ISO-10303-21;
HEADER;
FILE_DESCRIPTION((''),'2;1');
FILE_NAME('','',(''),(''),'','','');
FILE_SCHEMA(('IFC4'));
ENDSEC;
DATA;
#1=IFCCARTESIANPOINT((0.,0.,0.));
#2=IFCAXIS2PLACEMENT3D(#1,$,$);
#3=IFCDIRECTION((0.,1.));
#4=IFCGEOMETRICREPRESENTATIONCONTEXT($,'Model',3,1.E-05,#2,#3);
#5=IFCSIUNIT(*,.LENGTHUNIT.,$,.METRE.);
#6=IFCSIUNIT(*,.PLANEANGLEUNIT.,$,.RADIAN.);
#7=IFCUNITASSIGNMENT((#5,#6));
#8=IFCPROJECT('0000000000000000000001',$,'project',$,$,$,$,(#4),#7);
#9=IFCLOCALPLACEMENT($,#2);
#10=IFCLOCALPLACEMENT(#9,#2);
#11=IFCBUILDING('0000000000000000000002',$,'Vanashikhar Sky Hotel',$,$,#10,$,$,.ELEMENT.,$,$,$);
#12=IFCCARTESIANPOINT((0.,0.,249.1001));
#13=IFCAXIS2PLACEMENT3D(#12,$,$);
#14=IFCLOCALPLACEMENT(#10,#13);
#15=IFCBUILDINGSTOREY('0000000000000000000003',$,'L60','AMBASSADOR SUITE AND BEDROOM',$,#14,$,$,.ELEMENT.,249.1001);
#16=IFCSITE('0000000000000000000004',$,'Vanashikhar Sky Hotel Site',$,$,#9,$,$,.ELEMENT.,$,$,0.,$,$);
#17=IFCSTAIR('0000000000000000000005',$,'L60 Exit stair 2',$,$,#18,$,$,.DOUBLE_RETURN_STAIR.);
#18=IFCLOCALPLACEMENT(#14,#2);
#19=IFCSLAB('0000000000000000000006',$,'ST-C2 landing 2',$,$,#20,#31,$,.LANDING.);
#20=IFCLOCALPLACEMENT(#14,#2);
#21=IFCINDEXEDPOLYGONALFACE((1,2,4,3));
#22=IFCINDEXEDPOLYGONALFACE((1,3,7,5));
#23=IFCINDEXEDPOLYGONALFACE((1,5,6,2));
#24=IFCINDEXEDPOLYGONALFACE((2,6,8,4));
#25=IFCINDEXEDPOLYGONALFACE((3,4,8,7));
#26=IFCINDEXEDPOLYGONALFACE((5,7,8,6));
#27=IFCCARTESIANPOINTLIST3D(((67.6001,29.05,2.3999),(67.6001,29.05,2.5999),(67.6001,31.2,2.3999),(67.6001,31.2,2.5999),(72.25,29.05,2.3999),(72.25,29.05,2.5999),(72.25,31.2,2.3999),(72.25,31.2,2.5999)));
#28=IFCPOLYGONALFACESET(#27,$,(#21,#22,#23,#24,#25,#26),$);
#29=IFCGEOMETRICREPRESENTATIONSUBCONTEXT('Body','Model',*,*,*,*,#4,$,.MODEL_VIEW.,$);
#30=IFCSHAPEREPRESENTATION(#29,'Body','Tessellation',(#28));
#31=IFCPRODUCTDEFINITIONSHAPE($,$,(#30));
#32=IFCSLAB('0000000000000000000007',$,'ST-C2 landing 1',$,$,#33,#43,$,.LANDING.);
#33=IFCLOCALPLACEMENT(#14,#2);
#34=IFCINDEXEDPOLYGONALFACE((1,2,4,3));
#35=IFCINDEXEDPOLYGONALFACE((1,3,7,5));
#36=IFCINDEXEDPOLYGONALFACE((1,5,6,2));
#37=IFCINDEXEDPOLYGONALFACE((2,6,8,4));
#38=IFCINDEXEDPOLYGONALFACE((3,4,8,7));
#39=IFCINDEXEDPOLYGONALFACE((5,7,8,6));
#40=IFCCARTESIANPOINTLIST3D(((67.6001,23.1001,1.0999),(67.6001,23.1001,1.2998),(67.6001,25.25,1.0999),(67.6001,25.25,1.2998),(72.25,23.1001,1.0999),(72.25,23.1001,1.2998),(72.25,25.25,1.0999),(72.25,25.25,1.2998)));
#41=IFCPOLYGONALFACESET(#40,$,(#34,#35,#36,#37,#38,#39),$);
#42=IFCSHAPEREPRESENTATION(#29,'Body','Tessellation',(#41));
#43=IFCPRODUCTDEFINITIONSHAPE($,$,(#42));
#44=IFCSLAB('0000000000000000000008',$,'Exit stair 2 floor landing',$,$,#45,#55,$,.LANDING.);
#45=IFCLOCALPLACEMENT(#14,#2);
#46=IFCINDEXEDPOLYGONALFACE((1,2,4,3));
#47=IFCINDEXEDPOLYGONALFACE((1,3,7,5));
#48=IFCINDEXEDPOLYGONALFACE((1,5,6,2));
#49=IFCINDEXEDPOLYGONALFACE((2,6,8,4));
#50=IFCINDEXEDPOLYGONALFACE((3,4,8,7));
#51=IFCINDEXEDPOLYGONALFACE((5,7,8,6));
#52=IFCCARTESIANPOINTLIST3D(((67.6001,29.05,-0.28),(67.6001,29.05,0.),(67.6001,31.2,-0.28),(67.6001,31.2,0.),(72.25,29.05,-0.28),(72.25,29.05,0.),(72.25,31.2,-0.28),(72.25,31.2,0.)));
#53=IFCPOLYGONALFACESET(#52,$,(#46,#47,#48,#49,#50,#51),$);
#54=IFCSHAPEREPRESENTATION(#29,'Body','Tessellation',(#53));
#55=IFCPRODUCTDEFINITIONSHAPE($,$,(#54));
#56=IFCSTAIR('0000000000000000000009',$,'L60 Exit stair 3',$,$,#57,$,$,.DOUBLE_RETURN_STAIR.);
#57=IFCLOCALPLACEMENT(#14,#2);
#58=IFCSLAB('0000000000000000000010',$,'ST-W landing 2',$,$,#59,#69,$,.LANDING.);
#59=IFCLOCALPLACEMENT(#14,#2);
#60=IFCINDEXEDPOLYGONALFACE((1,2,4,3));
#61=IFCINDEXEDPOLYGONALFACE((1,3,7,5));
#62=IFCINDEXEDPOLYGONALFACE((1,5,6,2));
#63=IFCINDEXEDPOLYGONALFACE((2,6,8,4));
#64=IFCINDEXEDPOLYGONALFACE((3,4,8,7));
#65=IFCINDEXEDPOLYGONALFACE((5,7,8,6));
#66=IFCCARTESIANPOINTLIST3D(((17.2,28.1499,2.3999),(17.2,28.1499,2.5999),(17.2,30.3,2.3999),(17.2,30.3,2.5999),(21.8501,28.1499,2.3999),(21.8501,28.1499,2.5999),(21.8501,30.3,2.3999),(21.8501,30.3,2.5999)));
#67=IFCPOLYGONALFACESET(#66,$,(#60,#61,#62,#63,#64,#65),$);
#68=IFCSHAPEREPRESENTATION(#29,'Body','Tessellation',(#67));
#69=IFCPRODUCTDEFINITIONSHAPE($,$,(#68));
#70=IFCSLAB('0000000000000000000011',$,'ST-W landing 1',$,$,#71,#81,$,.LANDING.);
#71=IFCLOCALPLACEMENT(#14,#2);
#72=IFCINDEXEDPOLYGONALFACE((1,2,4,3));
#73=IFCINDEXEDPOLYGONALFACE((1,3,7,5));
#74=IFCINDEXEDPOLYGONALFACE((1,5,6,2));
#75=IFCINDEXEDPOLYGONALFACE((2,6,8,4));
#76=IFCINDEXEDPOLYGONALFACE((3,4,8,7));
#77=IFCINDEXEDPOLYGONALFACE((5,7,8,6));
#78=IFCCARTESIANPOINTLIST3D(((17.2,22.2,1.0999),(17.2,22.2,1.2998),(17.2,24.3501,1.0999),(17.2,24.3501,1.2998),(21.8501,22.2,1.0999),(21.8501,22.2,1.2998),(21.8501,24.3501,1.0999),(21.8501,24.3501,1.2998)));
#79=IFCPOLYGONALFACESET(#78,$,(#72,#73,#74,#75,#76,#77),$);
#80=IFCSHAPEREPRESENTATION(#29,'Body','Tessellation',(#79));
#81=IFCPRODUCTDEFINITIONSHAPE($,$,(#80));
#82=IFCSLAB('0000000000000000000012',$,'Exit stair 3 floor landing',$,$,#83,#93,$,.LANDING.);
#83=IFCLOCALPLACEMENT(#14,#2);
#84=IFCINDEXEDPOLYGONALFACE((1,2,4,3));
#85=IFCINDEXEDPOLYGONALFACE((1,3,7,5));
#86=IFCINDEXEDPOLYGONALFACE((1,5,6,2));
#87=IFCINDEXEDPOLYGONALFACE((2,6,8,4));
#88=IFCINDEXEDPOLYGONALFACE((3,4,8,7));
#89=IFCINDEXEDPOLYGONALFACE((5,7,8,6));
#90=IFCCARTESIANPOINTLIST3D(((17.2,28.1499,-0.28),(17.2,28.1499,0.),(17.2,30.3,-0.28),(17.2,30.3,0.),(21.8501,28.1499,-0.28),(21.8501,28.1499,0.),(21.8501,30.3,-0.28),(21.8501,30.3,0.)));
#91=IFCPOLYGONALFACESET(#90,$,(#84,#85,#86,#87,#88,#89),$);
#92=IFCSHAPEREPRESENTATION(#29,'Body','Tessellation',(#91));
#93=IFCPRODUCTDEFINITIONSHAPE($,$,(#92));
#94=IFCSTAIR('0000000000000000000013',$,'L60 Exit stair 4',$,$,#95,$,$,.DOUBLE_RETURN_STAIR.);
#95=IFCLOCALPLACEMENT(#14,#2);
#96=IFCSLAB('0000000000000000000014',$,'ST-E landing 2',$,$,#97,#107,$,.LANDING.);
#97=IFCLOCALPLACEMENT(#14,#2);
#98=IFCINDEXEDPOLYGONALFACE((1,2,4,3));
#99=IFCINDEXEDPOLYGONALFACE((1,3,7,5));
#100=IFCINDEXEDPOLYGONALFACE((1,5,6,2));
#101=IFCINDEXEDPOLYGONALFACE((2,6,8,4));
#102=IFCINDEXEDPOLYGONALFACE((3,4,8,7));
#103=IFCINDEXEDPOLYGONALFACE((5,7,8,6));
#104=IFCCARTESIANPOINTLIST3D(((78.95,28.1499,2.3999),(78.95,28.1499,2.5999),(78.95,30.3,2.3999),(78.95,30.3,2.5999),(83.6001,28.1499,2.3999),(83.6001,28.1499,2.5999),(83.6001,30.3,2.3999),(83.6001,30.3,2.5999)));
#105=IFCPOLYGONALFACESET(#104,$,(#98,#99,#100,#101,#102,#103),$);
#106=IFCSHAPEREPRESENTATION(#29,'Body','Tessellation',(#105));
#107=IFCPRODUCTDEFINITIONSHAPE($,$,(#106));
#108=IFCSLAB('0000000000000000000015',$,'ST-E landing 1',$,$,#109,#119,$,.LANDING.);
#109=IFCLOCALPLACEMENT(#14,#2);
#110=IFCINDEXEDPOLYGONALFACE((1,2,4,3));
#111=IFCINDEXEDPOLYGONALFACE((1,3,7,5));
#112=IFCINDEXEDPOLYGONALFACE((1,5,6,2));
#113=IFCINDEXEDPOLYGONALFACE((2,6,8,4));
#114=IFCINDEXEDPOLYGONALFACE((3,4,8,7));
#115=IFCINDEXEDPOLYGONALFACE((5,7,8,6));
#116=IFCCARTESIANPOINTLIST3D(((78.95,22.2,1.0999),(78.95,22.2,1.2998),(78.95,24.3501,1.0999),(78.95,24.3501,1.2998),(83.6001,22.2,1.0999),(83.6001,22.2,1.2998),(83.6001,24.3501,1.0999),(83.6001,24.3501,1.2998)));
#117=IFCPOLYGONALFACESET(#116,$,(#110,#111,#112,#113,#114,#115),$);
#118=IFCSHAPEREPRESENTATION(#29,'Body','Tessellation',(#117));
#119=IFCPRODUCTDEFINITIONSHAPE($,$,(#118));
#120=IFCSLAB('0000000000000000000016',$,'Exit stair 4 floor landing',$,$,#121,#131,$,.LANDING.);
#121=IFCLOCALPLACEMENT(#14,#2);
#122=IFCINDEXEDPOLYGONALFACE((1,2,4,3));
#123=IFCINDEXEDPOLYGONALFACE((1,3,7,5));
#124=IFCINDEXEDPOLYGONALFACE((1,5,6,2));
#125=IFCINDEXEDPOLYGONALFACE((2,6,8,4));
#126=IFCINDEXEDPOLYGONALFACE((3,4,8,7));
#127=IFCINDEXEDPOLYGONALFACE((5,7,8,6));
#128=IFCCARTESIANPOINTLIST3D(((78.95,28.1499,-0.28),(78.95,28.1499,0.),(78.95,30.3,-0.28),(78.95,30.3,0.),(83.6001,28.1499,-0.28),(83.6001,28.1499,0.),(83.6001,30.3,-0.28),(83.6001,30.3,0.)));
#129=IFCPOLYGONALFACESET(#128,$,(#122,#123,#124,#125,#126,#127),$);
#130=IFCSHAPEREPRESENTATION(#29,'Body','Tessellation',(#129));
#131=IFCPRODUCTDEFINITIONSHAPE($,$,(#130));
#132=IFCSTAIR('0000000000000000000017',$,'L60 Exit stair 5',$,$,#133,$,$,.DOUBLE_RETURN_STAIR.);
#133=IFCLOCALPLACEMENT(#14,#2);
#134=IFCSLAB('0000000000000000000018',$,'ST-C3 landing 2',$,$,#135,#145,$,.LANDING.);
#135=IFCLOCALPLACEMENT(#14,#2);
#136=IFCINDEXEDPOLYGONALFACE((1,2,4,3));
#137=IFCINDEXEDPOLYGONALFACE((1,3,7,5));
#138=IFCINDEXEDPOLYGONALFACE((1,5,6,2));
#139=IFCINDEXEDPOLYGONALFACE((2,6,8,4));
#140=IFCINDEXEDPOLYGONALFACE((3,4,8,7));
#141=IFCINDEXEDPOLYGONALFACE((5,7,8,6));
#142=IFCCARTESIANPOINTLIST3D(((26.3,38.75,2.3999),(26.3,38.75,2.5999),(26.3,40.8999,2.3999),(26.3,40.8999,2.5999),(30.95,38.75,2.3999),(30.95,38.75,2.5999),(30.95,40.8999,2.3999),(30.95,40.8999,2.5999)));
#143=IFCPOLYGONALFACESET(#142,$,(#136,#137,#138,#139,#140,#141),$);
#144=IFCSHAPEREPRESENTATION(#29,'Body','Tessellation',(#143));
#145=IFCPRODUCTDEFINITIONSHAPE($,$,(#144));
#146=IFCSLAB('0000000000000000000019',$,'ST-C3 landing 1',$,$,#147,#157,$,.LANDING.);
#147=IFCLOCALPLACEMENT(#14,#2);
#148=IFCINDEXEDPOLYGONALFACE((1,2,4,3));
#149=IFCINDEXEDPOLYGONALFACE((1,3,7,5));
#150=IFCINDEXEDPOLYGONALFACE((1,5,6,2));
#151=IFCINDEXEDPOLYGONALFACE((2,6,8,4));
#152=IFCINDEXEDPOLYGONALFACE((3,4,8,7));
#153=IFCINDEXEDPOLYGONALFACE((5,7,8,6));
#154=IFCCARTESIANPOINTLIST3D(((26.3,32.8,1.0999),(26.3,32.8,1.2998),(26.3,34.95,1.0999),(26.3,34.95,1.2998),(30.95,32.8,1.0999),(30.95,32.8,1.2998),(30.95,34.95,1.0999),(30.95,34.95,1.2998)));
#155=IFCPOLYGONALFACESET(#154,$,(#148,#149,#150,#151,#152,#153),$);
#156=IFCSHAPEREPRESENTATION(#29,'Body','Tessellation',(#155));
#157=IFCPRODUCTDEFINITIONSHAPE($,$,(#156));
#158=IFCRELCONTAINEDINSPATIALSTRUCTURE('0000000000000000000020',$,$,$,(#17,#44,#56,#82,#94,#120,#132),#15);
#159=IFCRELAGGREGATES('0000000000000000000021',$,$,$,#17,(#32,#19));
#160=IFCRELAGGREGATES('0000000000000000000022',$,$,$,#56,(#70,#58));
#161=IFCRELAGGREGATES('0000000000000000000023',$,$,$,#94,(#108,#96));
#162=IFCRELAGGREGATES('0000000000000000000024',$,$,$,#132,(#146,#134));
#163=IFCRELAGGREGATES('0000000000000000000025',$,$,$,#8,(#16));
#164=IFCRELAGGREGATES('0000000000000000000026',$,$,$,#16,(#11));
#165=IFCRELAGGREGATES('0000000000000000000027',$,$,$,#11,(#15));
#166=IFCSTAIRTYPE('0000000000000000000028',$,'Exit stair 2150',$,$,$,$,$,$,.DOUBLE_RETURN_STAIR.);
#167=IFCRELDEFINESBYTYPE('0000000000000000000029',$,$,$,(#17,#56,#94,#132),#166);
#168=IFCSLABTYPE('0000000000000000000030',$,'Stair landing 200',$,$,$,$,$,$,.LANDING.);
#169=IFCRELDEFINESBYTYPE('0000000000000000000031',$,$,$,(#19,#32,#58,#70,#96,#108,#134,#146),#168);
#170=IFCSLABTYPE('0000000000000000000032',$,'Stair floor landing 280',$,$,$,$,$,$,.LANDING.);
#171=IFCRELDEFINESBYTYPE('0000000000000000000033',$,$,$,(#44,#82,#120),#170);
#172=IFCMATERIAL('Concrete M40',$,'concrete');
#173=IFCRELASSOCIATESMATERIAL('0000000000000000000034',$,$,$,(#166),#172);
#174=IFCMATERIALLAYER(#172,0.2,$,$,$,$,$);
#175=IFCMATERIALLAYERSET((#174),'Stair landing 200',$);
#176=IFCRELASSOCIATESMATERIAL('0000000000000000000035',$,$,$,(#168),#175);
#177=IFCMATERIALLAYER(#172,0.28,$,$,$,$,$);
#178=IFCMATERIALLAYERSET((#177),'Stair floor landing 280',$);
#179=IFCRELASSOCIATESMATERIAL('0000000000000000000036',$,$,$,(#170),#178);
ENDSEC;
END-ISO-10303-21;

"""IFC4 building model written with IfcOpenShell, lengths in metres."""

from ifc_helpers import new_model, si_unit, direction, frame, origin, place, context, subcontext, project, spatial, polyline, outline, extrude, source, transform, mapped, material, layer, layer_set, type_object, element, aggregate, save


model = new_model("IFC4")

# Units and contexts
model_context = context("Model", 3, precision=1e-05, world=origin(), true_north=direction((0.0, 1.0)))
body_context = subcontext(model_context, "Body", "Model", "MODEL_VIEW")
ifc_project = project(units=[si_unit("LENGTHUNIT", "METRE"), si_unit("PLANEANGLEUNIT", "RADIAN")], contexts=[model_context])

# Site, building, storey
site_placement = place(None, origin())
site = spatial("IfcSite", under=ifc_project, at=site_placement, Name="Vanashikhar Sky Hotel Site", CompositionType="ELEMENT", RefElevation=0.0)
building_placement = place(site_placement, origin())
building = spatial("IfcBuilding", under=site, at=building_placement, Name="Vanashikhar Sky Hotel", CompositionType="ELEMENT")
storey_placement = place(building_placement, frame((0.0, 0.0, 249.1001)))
storey = spatial("IfcBuildingStorey", under=building, at=storey_placement, Name="L60", Description="AMBASSADOR SUITE AND BEDROOM", CompositionType="ELEMENT", Elevation=249.1001)

# Shared definitions
ifc_material = material(Name="Concrete M40", Category="concrete")

# Shared definitions
stair_type = type_object("IfcStairType", Name="Exit stair 2150", PredefinedType="DOUBLE_RETURN_STAIR", material=ifc_material)
ifc_layer_1 = layer(ifc_material, 0.2)
ifc_layer_set_1 = layer_set([ifc_layer_1], Name="Stair landing 200")
slab_type_1 = type_object("IfcSlabType", Name="Stair landing 200", PredefinedType="LANDING", material=ifc_layer_set_1)

# Shared definitions
ifc_layer_2 = layer(ifc_material, 0.28)
ifc_layer_set_2 = layer_set([ifc_layer_2], Name="Stair floor landing 280")
slab_type_2 = type_object("IfcSlabType", Name="Stair floor landing 280", PredefinedType="LANDING", material=ifc_layer_set_2)

# Stair, slabs
stair_1_placement = place(storey_placement, origin())
stair_1 = element("IfcStair", 1, at=stair_1_placement, inside=storey, type_object=stair_type, Name="L60 Exit stair 2", PredefinedType="DOUBLE_RETURN_STAIR")
shared_shape_1 = source(origin(), body_context, "Body", "SweptSolid", [
    extrude(outline(polyline([(72.25, 29.05), (72.25, 31.2), (67.6001, 31.2), (67.6001, 29.05), (72.25, 29.05)])), origin(), (0.0, 0.0, 1.0), 0.2),
])
slab_1_placement = place(storey_placement, frame((0.0, 0.0, 2.3999)))
slab_1 = element("IfcSlab", 2, at=slab_1_placement, type_object=slab_type_1, Name="ST-C2 landing 2", PredefinedType="LANDING", context=body_context, shape_type="MappedRepresentation", body=[
    mapped(shared_shape_1, transform((0.0, 0.0, 0.0), scale=1.0)),
])
shared_shape_2 = source(origin(), body_context, "Body", "SweptSolid", [
    extrude(outline(polyline([(72.25, 23.1001), (72.25, 25.25), (67.6001, 25.25), (67.6001, 23.1001), (72.25, 23.1001)])), origin(), (0.0, 0.0, 1.0), 0.2),
])
slab_2_placement = place(storey_placement, frame((0.0, 0.0, 1.0999)))
slab_2 = element("IfcSlab", 3, at=slab_2_placement, type_object=slab_type_1, Name="ST-C2 landing 1", PredefinedType="LANDING", context=body_context, shape_type="MappedRepresentation", body=[
    mapped(shared_shape_2, transform((0.0, 0.0, 0.0), scale=1.0)),
])
aggregate(stair_1, [slab_2, slab_1])

# Slab
shared_shape_3 = source(origin(), body_context, "Body", "SweptSolid", [
    extrude(outline(polyline([(72.25, 29.05), (72.25, 31.2), (67.6001, 31.2), (67.6001, 29.05), (72.25, 29.05)])), origin(), (0.0, 0.0, 1.0), 0.28),
])
slab_3_placement = place(storey_placement, frame((0.0, 0.0, -0.28)))
element("IfcSlab", 4, at=slab_3_placement, inside=storey, type_object=slab_type_2, Name="Exit stair 2 floor landing", PredefinedType="LANDING", context=body_context, shape_type="MappedRepresentation", body=[
    mapped(shared_shape_3, transform((0.0, 0.0, 0.0), scale=1.0)),
])

# Stair, slabs
stair_2_placement = place(storey_placement, origin())
stair_2 = element("IfcStair", 5, at=stair_2_placement, inside=storey, type_object=stair_type, Name="L60 Exit stair 3", PredefinedType="DOUBLE_RETURN_STAIR")
shared_shape_4 = source(origin(), body_context, "Body", "SweptSolid", [
    extrude(outline(polyline([(21.8501, 28.1499), (21.8501, 30.3), (17.2, 30.3), (17.2, 28.1499), (21.8501, 28.1499)])), origin(), (0.0, 0.0, 1.0), 0.2),
])
slab_4_placement = place(storey_placement, frame((0.0, 0.0, 2.3999)))
slab_4 = element("IfcSlab", 6, at=slab_4_placement, type_object=slab_type_1, Name="ST-W landing 2", PredefinedType="LANDING", context=body_context, shape_type="MappedRepresentation", body=[
    mapped(shared_shape_4, transform((0.0, 0.0, 0.0), scale=1.0)),
])
shared_shape_5 = source(origin(), body_context, "Body", "SweptSolid", [
    extrude(outline(polyline([(21.8501, 22.2), (21.8501, 24.3501), (17.2, 24.3501), (17.2, 22.2), (21.8501, 22.2)])), origin(), (0.0, 0.0, 1.0), 0.2),
])
slab_5_placement = place(storey_placement, frame((0.0, 0.0, 1.0999)))
slab_5 = element("IfcSlab", 7, at=slab_5_placement, type_object=slab_type_1, Name="ST-W landing 1", PredefinedType="LANDING", context=body_context, shape_type="MappedRepresentation", body=[
    mapped(shared_shape_5, transform((0.0, 0.0, 0.0), scale=1.0)),
])
aggregate(stair_2, [slab_5, slab_4])

# Slab
shared_shape_6 = source(origin(), body_context, "Body", "SweptSolid", [
    extrude(outline(polyline([(21.8501, 28.1499), (21.8501, 30.3), (17.2, 30.3), (17.2, 28.1499), (21.8501, 28.1499)])), origin(), (0.0, 0.0, 1.0), 0.28),
])
slab_6_placement = place(storey_placement, frame((0.0, 0.0, -0.28)))
element("IfcSlab", 8, at=slab_6_placement, inside=storey, type_object=slab_type_2, Name="Exit stair 3 floor landing", PredefinedType="LANDING", context=body_context, shape_type="MappedRepresentation", body=[
    mapped(shared_shape_6, transform((0.0, 0.0, 0.0), scale=1.0)),
])

# Stair, slabs
stair_3_placement = place(storey_placement, origin())
stair_3 = element("IfcStair", 9, at=stair_3_placement, inside=storey, type_object=stair_type, Name="L60 Exit stair 4", PredefinedType="DOUBLE_RETURN_STAIR")
shared_shape_7 = source(origin(), body_context, "Body", "SweptSolid", [
    extrude(outline(polyline([(83.6001, 28.1499), (83.6001, 30.3), (78.95, 30.3), (78.95, 28.1499), (83.6001, 28.1499)])), origin(), (0.0, 0.0, 1.0), 0.2),
])
slab_7_placement = place(storey_placement, frame((0.0, 0.0, 2.3999)))
slab_7 = element("IfcSlab", 10, at=slab_7_placement, type_object=slab_type_1, Name="ST-E landing 2", PredefinedType="LANDING", context=body_context, shape_type="MappedRepresentation", body=[
    mapped(shared_shape_7, transform((0.0, 0.0, 0.0), scale=1.0)),
])
shared_shape_8 = source(origin(), body_context, "Body", "SweptSolid", [
    extrude(outline(polyline([(83.6001, 22.2), (83.6001, 24.3501), (78.95, 24.3501), (78.95, 22.2), (83.6001, 22.2)])), origin(), (0.0, 0.0, 1.0), 0.2),
])
slab_8_placement = place(storey_placement, frame((0.0, 0.0, 1.0999)))
slab_8 = element("IfcSlab", 11, at=slab_8_placement, type_object=slab_type_1, Name="ST-E landing 1", PredefinedType="LANDING", context=body_context, shape_type="MappedRepresentation", body=[
    mapped(shared_shape_8, transform((0.0, 0.0, 0.0), scale=1.0)),
])
aggregate(stair_3, [slab_8, slab_7])

# Slab
shared_shape_9 = source(origin(), body_context, "Body", "SweptSolid", [
    extrude(outline(polyline([(83.6001, 28.1499), (83.6001, 30.3), (78.95, 30.3), (78.95, 28.1499), (83.6001, 28.1499)])), origin(), (0.0, 0.0, 1.0), 0.28),
])
slab_9_placement = place(storey_placement, frame((0.0, 0.0, -0.28)))
element("IfcSlab", 12, at=slab_9_placement, inside=storey, type_object=slab_type_2, Name="Exit stair 4 floor landing", PredefinedType="LANDING", context=body_context, shape_type="MappedRepresentation", body=[
    mapped(shared_shape_9, transform((0.0, 0.0, 0.0), scale=1.0)),
])

# Stair, slabs
stair_4_placement = place(storey_placement, origin())
stair_4 = element("IfcStair", 13, at=stair_4_placement, inside=storey, type_object=stair_type, Name="L60 Exit stair 5", PredefinedType="DOUBLE_RETURN_STAIR")
shared_shape_10 = source(origin(), body_context, "Body", "SweptSolid", [
    extrude(outline(polyline([(30.95, 38.75), (30.95, 40.8999), (26.3, 40.8999), (26.3, 38.75), (30.95, 38.75)])), origin(), (0.0, 0.0, 1.0), 0.2),
])
slab_10_placement = place(storey_placement, frame((0.0, 0.0, 2.3999)))
slab_10 = element("IfcSlab", 14, at=slab_10_placement, type_object=slab_type_1, Name="ST-C3 landing 2", PredefinedType="LANDING", context=body_context, shape_type="MappedRepresentation", body=[
    mapped(shared_shape_10, transform((0.0, 0.0, 0.0), scale=1.0)),
])
shared_shape_11 = source(origin(), body_context, "Body", "SweptSolid", [
    extrude(outline(polyline([(30.95, 32.8), (30.95, 34.95), (26.3, 34.95), (26.3, 32.8), (30.95, 32.8)])), origin(), (0.0, 0.0, 1.0), 0.2),
])
slab_11_placement = place(storey_placement, frame((0.0, 0.0, 1.0999)))
slab_11 = element("IfcSlab", 15, at=slab_11_placement, type_object=slab_type_1, Name="ST-C3 landing 1", PredefinedType="LANDING", context=body_context, shape_type="MappedRepresentation", body=[
    mapped(shared_shape_11, transform((0.0, 0.0, 0.0), scale=1.0)),
])
aggregate(stair_4, [slab_11, slab_10])

save(model, "model.ifc")
